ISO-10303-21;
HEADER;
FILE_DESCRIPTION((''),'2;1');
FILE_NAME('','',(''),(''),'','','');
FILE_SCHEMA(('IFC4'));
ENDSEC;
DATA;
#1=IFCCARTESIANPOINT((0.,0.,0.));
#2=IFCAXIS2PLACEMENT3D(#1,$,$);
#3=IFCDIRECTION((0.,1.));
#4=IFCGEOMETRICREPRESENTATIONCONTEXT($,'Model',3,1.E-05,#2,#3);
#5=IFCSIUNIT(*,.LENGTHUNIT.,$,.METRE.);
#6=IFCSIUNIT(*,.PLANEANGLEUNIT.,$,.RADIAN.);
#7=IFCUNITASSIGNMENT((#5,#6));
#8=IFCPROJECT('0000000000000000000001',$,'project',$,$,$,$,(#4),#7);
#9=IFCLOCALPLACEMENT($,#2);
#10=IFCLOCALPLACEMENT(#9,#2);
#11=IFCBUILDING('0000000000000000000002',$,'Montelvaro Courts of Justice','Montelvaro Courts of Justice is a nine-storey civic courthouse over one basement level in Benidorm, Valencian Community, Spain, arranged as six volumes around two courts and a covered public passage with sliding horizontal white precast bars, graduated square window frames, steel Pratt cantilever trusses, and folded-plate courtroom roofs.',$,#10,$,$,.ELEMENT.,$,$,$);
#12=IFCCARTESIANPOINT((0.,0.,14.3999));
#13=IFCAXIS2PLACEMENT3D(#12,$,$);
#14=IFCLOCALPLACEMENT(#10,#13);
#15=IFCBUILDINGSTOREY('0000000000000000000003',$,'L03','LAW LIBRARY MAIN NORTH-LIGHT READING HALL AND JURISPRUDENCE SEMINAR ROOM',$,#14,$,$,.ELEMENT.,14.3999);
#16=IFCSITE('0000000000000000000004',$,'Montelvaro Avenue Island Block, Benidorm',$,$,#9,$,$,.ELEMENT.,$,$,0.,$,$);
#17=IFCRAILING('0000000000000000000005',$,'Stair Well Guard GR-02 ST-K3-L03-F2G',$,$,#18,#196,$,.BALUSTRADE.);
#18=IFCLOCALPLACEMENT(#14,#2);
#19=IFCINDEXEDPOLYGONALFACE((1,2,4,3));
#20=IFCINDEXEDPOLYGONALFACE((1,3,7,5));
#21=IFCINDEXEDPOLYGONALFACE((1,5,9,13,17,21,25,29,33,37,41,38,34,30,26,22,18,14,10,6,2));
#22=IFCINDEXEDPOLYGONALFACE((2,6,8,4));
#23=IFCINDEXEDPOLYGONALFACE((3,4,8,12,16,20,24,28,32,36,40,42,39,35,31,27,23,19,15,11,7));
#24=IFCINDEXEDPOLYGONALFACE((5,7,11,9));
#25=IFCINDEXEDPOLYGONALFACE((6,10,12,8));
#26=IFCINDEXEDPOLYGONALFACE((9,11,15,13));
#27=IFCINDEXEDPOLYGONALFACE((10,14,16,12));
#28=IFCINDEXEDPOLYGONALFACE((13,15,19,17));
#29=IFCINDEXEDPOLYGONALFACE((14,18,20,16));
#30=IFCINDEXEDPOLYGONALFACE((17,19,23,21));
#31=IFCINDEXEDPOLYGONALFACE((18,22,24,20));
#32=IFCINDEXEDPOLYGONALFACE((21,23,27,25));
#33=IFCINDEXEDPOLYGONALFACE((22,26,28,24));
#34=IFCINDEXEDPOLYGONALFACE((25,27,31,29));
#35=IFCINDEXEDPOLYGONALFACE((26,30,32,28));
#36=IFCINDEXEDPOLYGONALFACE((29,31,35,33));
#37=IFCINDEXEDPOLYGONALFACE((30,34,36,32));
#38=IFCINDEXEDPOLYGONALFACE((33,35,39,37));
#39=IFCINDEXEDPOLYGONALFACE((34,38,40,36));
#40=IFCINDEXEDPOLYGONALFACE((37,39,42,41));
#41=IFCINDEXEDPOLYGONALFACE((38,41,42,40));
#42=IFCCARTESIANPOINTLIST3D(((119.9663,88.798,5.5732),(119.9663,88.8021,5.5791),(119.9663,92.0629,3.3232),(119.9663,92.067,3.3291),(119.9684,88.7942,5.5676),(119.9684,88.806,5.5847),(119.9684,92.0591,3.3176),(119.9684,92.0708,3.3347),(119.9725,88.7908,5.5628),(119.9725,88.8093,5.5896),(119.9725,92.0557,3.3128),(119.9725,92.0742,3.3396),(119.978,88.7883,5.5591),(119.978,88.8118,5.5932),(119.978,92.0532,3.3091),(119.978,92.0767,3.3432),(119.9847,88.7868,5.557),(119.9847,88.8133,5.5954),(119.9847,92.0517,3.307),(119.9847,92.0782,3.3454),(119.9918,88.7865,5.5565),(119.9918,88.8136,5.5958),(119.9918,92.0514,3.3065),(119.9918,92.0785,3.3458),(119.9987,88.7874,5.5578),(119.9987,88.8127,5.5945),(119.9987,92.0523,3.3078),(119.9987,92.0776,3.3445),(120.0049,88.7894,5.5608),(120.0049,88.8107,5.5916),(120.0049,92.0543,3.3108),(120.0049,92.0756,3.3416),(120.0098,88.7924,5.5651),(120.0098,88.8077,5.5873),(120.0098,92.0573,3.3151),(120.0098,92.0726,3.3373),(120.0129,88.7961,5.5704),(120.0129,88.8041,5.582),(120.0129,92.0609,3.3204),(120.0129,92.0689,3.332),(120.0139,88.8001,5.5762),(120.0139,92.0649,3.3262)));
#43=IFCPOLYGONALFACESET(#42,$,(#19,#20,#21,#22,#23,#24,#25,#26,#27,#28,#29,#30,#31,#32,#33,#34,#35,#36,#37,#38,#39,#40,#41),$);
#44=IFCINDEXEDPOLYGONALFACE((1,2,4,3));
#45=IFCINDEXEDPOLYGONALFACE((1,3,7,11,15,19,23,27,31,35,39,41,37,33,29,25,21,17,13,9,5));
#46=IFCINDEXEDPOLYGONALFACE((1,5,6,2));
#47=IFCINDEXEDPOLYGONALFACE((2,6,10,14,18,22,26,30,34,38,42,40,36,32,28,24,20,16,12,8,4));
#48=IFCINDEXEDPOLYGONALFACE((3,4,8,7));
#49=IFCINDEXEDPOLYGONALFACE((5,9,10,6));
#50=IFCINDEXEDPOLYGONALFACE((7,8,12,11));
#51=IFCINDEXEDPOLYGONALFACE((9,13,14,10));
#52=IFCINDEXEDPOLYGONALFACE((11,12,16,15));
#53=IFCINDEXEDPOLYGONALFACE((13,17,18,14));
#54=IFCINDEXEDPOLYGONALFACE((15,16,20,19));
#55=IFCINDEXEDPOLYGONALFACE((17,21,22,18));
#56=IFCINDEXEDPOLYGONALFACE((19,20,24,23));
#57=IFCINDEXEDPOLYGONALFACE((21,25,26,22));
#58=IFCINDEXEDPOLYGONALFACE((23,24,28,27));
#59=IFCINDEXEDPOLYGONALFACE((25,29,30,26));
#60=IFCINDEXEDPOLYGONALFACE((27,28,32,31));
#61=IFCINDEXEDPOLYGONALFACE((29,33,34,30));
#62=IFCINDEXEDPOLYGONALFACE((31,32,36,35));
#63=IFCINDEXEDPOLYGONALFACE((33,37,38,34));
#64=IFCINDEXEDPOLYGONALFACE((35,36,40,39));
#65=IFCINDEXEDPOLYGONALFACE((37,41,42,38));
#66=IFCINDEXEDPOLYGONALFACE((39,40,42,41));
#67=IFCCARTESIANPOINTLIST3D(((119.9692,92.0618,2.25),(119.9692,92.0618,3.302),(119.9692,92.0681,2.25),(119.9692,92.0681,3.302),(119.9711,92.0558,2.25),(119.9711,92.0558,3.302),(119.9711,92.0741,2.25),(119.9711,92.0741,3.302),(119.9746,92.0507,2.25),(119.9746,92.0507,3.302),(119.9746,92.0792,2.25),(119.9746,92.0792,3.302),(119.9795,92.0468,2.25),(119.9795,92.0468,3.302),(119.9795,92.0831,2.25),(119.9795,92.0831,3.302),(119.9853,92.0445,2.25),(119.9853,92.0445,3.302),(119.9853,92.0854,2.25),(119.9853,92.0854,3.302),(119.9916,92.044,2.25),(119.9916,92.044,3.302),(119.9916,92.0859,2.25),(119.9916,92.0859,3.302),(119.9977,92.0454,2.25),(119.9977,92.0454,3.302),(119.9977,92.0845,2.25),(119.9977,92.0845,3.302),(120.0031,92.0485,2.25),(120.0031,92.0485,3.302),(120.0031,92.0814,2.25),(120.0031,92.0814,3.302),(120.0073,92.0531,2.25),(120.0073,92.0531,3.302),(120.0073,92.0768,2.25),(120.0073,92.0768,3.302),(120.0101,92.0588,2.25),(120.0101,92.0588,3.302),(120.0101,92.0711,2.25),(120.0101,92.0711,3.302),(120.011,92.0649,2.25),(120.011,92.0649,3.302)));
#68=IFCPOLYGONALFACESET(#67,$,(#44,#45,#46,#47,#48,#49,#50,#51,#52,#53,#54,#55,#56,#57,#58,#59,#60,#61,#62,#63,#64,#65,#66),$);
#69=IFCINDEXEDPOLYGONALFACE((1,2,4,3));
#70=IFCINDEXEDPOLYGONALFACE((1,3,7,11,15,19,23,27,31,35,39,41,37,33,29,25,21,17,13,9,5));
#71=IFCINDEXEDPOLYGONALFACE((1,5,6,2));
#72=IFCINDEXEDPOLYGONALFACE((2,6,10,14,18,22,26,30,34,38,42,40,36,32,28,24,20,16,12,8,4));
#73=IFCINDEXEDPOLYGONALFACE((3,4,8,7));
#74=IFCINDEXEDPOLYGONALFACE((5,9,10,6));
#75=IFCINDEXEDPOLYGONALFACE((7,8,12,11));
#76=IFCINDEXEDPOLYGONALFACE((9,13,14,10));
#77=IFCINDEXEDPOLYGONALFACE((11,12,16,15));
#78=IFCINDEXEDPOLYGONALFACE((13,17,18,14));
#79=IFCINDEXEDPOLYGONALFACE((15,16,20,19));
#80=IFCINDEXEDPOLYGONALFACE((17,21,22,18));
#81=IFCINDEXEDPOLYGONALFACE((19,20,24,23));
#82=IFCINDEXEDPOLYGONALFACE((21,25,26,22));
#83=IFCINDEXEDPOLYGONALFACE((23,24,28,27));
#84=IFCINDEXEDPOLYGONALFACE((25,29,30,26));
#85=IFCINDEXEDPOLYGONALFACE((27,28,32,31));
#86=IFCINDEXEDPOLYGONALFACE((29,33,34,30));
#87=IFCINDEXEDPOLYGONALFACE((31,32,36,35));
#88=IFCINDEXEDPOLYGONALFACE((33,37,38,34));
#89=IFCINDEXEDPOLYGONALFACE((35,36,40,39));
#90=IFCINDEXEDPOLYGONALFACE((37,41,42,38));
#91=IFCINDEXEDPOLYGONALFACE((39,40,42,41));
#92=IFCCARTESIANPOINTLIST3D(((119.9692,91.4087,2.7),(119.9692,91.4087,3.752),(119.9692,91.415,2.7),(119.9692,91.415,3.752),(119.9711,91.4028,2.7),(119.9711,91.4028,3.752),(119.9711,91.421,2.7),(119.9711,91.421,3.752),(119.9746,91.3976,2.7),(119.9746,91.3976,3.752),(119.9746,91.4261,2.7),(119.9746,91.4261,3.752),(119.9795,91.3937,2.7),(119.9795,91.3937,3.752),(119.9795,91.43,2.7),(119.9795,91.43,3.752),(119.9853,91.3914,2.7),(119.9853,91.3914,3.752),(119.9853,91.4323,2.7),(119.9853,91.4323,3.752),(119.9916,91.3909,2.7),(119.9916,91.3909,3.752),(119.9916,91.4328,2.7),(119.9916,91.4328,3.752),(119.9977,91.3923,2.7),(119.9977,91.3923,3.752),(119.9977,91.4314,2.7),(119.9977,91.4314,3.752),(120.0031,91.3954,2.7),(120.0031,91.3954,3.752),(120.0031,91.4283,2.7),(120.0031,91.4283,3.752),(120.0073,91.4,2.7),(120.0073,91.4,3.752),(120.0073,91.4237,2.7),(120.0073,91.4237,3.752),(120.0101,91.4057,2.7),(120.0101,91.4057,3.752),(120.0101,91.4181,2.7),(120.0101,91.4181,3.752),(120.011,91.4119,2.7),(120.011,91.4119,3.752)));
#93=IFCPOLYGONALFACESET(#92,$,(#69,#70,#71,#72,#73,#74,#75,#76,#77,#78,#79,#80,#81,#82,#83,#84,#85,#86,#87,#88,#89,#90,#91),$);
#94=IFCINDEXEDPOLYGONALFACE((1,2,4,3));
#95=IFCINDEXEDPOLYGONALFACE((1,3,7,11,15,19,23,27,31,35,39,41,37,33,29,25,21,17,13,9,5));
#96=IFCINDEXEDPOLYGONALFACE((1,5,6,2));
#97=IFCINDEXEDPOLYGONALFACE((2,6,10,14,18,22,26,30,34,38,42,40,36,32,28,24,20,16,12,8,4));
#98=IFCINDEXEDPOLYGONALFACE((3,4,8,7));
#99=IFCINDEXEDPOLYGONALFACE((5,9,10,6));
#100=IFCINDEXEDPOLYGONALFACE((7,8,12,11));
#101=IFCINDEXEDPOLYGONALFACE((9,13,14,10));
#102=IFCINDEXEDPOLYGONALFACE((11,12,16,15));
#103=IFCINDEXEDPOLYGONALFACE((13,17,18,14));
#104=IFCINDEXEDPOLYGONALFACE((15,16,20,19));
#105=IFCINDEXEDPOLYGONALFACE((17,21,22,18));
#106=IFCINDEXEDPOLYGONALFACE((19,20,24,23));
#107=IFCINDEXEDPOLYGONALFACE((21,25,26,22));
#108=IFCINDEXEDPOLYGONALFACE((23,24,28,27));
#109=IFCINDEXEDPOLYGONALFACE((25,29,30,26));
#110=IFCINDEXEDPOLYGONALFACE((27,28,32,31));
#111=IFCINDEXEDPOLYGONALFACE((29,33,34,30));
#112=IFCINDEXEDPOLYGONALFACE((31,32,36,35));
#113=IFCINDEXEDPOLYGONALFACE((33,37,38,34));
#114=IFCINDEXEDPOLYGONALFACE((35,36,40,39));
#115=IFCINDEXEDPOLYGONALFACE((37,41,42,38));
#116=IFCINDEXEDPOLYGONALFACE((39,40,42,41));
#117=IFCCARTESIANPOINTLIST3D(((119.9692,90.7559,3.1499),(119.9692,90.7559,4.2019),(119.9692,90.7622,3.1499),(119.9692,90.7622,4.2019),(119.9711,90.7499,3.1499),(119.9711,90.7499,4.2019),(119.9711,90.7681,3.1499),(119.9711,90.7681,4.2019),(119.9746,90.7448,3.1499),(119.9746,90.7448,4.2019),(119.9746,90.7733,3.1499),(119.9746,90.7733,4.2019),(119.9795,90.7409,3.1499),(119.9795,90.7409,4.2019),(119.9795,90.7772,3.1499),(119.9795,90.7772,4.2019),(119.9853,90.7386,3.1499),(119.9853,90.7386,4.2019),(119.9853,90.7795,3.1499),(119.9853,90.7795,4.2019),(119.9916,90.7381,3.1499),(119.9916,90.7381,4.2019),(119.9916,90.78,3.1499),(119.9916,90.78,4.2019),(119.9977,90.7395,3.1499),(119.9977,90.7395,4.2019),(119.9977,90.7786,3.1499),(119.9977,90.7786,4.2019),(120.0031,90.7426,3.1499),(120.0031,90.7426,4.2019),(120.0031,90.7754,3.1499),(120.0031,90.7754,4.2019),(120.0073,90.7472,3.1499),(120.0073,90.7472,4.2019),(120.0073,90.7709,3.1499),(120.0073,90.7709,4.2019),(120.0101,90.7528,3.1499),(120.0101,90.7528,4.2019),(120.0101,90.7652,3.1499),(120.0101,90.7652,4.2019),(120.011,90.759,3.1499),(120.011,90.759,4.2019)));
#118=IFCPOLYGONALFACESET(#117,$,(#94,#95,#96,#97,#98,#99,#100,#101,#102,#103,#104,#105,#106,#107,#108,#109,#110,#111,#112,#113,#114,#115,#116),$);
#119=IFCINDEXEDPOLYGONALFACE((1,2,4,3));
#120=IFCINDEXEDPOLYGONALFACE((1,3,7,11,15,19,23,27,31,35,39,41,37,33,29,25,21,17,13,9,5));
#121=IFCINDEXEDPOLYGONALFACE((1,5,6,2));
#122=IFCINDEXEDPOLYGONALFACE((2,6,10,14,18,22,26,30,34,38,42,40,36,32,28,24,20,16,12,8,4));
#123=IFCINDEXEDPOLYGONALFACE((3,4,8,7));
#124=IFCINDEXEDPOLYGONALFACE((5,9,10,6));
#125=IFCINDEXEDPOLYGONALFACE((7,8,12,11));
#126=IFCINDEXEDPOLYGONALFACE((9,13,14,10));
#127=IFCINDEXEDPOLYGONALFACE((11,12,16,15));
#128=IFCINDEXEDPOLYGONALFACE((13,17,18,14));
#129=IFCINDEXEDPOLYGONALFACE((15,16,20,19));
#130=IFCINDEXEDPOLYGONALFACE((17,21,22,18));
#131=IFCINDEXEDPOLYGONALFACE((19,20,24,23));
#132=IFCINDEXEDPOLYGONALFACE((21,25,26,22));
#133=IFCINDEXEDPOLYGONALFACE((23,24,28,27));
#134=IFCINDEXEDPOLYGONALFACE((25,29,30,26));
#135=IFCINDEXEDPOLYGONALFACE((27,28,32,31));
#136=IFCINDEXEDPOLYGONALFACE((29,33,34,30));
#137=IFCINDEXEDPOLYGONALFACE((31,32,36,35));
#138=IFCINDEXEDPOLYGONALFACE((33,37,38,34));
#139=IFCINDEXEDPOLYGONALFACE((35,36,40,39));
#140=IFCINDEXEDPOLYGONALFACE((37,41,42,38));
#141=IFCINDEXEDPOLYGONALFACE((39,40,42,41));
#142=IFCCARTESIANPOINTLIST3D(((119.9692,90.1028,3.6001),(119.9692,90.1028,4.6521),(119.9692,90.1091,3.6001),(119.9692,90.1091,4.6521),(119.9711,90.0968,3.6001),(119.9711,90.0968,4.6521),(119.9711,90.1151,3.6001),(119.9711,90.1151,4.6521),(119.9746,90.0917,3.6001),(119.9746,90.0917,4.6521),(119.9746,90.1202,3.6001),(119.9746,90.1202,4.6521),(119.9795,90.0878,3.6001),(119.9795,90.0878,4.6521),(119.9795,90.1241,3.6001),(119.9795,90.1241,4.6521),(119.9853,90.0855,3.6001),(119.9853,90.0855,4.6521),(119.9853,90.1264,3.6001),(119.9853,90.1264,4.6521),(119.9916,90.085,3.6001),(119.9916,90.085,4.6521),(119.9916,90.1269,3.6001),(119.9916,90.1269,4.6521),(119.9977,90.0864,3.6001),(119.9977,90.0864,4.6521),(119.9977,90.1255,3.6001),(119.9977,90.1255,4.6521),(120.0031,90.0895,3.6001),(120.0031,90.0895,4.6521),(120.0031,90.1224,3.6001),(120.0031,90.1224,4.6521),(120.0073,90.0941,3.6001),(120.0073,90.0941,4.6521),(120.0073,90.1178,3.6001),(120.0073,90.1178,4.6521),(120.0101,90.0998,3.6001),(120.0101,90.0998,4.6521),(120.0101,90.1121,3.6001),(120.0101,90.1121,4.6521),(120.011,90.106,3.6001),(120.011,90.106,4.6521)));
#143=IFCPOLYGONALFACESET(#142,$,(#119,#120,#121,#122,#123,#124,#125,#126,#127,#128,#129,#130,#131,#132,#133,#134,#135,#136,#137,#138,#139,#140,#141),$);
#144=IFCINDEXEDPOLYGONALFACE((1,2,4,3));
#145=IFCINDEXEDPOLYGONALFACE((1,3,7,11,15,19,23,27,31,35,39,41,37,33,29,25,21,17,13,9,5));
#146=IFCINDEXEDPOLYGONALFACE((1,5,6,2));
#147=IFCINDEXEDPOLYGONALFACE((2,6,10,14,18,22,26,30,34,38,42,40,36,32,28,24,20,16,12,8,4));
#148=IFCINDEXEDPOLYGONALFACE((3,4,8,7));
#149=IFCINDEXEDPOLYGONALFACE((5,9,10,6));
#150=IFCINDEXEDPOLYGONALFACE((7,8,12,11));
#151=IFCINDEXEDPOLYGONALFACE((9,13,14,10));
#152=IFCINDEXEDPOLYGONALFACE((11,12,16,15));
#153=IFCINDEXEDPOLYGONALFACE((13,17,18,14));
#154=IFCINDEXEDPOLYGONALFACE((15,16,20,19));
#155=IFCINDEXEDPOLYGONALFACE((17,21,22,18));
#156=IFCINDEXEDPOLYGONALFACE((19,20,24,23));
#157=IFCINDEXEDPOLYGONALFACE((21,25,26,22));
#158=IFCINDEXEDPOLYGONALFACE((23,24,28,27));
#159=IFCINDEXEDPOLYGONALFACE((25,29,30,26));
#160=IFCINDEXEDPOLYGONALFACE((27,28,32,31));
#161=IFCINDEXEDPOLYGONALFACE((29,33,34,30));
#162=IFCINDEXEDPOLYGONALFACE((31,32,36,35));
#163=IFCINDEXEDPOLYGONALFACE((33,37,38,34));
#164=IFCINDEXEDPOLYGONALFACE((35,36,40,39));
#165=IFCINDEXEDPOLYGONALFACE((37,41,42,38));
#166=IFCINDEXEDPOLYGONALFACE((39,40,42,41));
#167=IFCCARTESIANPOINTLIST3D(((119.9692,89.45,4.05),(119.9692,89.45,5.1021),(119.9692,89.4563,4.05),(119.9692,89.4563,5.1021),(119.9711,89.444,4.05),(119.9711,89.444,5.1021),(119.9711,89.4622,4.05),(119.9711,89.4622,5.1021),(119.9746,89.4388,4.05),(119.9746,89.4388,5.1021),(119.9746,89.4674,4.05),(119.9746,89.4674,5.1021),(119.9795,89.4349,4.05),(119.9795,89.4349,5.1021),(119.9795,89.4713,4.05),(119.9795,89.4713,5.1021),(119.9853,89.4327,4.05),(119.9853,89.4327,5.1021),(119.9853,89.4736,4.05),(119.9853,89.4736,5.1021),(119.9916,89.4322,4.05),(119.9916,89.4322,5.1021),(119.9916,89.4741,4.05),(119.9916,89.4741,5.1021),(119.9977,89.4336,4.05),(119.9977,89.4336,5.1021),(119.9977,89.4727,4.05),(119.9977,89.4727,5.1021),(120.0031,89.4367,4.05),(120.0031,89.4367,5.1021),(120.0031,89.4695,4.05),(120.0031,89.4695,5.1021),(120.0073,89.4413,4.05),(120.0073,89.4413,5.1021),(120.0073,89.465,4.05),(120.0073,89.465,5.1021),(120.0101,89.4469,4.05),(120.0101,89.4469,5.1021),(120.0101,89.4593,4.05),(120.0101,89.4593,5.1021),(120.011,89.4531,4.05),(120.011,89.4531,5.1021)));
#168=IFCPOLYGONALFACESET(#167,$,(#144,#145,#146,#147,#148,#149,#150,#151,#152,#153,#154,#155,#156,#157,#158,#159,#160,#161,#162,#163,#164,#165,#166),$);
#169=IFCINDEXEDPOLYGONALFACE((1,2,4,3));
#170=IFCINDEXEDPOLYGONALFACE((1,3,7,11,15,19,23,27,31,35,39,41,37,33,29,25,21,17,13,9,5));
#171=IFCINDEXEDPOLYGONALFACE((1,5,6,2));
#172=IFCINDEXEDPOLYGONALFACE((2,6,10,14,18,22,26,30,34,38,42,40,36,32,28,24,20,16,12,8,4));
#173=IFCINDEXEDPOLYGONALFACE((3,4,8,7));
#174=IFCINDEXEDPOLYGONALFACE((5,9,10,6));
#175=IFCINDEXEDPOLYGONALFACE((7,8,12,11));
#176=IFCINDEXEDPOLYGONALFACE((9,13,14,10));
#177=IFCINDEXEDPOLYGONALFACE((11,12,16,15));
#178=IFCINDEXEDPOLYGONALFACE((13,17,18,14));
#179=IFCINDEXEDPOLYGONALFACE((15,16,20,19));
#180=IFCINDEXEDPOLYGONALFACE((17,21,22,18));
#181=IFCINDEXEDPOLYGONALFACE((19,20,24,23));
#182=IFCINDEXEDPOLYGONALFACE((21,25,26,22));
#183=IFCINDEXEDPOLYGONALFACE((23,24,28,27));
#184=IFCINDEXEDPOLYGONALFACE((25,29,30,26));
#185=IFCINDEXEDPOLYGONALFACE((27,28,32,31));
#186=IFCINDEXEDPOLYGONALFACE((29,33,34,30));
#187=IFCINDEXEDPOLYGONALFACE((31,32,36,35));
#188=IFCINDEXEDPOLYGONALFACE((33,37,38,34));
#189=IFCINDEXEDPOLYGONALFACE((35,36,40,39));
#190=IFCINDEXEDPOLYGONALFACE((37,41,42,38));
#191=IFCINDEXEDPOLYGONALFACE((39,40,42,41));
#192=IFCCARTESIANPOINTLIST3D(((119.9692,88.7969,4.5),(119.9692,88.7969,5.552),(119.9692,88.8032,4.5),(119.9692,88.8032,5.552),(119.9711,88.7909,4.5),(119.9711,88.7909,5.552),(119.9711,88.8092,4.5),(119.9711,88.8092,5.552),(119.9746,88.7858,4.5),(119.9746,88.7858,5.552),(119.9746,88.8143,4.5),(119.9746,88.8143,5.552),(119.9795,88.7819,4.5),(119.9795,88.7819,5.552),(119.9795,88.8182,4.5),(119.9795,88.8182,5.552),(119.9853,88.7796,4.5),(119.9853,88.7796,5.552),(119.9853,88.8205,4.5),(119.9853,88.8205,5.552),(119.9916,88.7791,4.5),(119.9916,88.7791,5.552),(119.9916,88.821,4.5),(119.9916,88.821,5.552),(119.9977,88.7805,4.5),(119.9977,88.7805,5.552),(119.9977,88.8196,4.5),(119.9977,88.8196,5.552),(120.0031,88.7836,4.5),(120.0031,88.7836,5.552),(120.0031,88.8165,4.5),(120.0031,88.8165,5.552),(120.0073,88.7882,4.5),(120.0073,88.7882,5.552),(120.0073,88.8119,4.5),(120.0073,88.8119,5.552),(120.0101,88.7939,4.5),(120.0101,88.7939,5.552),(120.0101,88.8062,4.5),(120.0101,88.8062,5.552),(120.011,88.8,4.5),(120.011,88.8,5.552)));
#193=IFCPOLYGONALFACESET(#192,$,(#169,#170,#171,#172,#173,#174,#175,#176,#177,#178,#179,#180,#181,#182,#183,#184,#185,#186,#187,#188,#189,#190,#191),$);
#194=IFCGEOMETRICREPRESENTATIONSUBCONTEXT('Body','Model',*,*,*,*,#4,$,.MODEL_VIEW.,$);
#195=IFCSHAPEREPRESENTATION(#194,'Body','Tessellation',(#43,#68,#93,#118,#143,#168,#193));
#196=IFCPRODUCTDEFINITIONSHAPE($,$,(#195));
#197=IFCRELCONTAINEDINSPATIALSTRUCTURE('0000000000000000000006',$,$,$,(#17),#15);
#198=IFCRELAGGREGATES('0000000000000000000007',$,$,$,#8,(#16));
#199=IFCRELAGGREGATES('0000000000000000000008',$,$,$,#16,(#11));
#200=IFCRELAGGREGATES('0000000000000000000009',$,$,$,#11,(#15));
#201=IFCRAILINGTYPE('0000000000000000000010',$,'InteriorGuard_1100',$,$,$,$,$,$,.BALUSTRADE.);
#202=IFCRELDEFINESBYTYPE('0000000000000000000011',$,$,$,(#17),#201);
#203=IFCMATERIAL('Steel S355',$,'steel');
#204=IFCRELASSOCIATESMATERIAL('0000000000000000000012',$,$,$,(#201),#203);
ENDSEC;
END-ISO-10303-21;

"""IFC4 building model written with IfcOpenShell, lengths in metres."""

from ifc_helpers import new_model, si_unit, direction, frame, origin, origin_2d, place, context, subcontext, project, spatial, circle, extrude, material, type_object, element, save


model = new_model("IFC4")

# Units and contexts
model_context = context("Model", 3, precision=1e-05, world=origin(), true_north=direction((0.0, 1.0)))
body_context = subcontext(model_context, "Body", "Model", "MODEL_VIEW")
ifc_project = project(units=[si_unit("LENGTHUNIT", "METRE"), si_unit("PLANEANGLEUNIT", "RADIAN")], contexts=[model_context])

# Site, building, storey
site_placement = place(None, origin())
site = spatial("IfcSite", under=ifc_project, at=site_placement, Name="Montelvaro Avenue Island Block, Benidorm", CompositionType="ELEMENT", RefElevation=0.0)
building_placement = place(site_placement, origin())
building = spatial("IfcBuilding", under=site, at=building_placement, Name="Montelvaro Courts of Justice", Description="Montelvaro Courts of Justice is a nine-storey civic courthouse over one basement level in Benidorm, Valencian Community, Spain, arranged as six volumes around two courts and a covered public passage with sliding horizontal white precast bars, graduated square window frames, steel Pratt cantilever trusses, and folded-plate courtroom roofs.", CompositionType="ELEMENT")
storey_placement = place(building_placement, frame((0.0, 0.0, 14.3999)))
storey = spatial("IfcBuildingStorey", under=building, at=storey_placement, Name="L03", Description="LAW LIBRARY MAIN NORTH-LIGHT READING HALL AND JURISPRUDENCE SEMINAR ROOM", CompositionType="ELEMENT", Elevation=14.3999)

# Shared definitions
ifc_material_1 = material(Name="Steel S355", Category="steel")

# Railing
railing_type_1 = type_object("IfcRailingType", Name="InteriorGuard_1100", PredefinedType="BALUSTRADE", material=ifc_material_1)
railing_1_placement = place(storey_placement, frame((119.99, 92.0649, 2.25)))
element("IfcRailing", 1, at=railing_1_placement, inside=storey, type_object=railing_type_1, Name="Stair Well Guard GR-02 ST-K3-L03-F2G", PredefinedType="BALUSTRADE", context=body_context, shape_type="SweptSolid", body=[
    extrude(circle(Radius=0.0239, at=origin_2d()), frame((0.0, 0.0, 1.0762), z_axis=(0.0, -0.823407, 0.567451), x_axis=(1.0, 0.0, 0.0)), (0.0, 0.0, 1.0), 3.9651),
    extrude(circle(Radius=0.021, at=origin_2d()), origin(), (0.0, 0.0, 1.0), 1.052),
    extrude(circle(Radius=0.021, at=origin_2d()), frame((0.0, -0.6531, 0.45)), (0.0, 0.0, 1.0), 1.052),
    extrude(circle(Radius=0.021, at=origin_2d()), frame((0.0, -1.3059, 0.8999)), (0.0, 0.0, 1.0), 1.052),
    extrude(circle(Radius=0.021, at=origin_2d()), frame((0.0, -1.959, 1.3501)), (0.0, 0.0, 1.0), 1.052),
    extrude(circle(Radius=0.021, at=origin_2d()), frame((0.0, -2.6118, 1.8)), (0.0, 0.0, 1.0), 1.052),
    extrude(circle(Radius=0.021, at=origin_2d()), frame((0.0, -3.2649, 2.25)), (0.0, 0.0, 1.0), 1.052),
])

save(model, "model.ifc")
